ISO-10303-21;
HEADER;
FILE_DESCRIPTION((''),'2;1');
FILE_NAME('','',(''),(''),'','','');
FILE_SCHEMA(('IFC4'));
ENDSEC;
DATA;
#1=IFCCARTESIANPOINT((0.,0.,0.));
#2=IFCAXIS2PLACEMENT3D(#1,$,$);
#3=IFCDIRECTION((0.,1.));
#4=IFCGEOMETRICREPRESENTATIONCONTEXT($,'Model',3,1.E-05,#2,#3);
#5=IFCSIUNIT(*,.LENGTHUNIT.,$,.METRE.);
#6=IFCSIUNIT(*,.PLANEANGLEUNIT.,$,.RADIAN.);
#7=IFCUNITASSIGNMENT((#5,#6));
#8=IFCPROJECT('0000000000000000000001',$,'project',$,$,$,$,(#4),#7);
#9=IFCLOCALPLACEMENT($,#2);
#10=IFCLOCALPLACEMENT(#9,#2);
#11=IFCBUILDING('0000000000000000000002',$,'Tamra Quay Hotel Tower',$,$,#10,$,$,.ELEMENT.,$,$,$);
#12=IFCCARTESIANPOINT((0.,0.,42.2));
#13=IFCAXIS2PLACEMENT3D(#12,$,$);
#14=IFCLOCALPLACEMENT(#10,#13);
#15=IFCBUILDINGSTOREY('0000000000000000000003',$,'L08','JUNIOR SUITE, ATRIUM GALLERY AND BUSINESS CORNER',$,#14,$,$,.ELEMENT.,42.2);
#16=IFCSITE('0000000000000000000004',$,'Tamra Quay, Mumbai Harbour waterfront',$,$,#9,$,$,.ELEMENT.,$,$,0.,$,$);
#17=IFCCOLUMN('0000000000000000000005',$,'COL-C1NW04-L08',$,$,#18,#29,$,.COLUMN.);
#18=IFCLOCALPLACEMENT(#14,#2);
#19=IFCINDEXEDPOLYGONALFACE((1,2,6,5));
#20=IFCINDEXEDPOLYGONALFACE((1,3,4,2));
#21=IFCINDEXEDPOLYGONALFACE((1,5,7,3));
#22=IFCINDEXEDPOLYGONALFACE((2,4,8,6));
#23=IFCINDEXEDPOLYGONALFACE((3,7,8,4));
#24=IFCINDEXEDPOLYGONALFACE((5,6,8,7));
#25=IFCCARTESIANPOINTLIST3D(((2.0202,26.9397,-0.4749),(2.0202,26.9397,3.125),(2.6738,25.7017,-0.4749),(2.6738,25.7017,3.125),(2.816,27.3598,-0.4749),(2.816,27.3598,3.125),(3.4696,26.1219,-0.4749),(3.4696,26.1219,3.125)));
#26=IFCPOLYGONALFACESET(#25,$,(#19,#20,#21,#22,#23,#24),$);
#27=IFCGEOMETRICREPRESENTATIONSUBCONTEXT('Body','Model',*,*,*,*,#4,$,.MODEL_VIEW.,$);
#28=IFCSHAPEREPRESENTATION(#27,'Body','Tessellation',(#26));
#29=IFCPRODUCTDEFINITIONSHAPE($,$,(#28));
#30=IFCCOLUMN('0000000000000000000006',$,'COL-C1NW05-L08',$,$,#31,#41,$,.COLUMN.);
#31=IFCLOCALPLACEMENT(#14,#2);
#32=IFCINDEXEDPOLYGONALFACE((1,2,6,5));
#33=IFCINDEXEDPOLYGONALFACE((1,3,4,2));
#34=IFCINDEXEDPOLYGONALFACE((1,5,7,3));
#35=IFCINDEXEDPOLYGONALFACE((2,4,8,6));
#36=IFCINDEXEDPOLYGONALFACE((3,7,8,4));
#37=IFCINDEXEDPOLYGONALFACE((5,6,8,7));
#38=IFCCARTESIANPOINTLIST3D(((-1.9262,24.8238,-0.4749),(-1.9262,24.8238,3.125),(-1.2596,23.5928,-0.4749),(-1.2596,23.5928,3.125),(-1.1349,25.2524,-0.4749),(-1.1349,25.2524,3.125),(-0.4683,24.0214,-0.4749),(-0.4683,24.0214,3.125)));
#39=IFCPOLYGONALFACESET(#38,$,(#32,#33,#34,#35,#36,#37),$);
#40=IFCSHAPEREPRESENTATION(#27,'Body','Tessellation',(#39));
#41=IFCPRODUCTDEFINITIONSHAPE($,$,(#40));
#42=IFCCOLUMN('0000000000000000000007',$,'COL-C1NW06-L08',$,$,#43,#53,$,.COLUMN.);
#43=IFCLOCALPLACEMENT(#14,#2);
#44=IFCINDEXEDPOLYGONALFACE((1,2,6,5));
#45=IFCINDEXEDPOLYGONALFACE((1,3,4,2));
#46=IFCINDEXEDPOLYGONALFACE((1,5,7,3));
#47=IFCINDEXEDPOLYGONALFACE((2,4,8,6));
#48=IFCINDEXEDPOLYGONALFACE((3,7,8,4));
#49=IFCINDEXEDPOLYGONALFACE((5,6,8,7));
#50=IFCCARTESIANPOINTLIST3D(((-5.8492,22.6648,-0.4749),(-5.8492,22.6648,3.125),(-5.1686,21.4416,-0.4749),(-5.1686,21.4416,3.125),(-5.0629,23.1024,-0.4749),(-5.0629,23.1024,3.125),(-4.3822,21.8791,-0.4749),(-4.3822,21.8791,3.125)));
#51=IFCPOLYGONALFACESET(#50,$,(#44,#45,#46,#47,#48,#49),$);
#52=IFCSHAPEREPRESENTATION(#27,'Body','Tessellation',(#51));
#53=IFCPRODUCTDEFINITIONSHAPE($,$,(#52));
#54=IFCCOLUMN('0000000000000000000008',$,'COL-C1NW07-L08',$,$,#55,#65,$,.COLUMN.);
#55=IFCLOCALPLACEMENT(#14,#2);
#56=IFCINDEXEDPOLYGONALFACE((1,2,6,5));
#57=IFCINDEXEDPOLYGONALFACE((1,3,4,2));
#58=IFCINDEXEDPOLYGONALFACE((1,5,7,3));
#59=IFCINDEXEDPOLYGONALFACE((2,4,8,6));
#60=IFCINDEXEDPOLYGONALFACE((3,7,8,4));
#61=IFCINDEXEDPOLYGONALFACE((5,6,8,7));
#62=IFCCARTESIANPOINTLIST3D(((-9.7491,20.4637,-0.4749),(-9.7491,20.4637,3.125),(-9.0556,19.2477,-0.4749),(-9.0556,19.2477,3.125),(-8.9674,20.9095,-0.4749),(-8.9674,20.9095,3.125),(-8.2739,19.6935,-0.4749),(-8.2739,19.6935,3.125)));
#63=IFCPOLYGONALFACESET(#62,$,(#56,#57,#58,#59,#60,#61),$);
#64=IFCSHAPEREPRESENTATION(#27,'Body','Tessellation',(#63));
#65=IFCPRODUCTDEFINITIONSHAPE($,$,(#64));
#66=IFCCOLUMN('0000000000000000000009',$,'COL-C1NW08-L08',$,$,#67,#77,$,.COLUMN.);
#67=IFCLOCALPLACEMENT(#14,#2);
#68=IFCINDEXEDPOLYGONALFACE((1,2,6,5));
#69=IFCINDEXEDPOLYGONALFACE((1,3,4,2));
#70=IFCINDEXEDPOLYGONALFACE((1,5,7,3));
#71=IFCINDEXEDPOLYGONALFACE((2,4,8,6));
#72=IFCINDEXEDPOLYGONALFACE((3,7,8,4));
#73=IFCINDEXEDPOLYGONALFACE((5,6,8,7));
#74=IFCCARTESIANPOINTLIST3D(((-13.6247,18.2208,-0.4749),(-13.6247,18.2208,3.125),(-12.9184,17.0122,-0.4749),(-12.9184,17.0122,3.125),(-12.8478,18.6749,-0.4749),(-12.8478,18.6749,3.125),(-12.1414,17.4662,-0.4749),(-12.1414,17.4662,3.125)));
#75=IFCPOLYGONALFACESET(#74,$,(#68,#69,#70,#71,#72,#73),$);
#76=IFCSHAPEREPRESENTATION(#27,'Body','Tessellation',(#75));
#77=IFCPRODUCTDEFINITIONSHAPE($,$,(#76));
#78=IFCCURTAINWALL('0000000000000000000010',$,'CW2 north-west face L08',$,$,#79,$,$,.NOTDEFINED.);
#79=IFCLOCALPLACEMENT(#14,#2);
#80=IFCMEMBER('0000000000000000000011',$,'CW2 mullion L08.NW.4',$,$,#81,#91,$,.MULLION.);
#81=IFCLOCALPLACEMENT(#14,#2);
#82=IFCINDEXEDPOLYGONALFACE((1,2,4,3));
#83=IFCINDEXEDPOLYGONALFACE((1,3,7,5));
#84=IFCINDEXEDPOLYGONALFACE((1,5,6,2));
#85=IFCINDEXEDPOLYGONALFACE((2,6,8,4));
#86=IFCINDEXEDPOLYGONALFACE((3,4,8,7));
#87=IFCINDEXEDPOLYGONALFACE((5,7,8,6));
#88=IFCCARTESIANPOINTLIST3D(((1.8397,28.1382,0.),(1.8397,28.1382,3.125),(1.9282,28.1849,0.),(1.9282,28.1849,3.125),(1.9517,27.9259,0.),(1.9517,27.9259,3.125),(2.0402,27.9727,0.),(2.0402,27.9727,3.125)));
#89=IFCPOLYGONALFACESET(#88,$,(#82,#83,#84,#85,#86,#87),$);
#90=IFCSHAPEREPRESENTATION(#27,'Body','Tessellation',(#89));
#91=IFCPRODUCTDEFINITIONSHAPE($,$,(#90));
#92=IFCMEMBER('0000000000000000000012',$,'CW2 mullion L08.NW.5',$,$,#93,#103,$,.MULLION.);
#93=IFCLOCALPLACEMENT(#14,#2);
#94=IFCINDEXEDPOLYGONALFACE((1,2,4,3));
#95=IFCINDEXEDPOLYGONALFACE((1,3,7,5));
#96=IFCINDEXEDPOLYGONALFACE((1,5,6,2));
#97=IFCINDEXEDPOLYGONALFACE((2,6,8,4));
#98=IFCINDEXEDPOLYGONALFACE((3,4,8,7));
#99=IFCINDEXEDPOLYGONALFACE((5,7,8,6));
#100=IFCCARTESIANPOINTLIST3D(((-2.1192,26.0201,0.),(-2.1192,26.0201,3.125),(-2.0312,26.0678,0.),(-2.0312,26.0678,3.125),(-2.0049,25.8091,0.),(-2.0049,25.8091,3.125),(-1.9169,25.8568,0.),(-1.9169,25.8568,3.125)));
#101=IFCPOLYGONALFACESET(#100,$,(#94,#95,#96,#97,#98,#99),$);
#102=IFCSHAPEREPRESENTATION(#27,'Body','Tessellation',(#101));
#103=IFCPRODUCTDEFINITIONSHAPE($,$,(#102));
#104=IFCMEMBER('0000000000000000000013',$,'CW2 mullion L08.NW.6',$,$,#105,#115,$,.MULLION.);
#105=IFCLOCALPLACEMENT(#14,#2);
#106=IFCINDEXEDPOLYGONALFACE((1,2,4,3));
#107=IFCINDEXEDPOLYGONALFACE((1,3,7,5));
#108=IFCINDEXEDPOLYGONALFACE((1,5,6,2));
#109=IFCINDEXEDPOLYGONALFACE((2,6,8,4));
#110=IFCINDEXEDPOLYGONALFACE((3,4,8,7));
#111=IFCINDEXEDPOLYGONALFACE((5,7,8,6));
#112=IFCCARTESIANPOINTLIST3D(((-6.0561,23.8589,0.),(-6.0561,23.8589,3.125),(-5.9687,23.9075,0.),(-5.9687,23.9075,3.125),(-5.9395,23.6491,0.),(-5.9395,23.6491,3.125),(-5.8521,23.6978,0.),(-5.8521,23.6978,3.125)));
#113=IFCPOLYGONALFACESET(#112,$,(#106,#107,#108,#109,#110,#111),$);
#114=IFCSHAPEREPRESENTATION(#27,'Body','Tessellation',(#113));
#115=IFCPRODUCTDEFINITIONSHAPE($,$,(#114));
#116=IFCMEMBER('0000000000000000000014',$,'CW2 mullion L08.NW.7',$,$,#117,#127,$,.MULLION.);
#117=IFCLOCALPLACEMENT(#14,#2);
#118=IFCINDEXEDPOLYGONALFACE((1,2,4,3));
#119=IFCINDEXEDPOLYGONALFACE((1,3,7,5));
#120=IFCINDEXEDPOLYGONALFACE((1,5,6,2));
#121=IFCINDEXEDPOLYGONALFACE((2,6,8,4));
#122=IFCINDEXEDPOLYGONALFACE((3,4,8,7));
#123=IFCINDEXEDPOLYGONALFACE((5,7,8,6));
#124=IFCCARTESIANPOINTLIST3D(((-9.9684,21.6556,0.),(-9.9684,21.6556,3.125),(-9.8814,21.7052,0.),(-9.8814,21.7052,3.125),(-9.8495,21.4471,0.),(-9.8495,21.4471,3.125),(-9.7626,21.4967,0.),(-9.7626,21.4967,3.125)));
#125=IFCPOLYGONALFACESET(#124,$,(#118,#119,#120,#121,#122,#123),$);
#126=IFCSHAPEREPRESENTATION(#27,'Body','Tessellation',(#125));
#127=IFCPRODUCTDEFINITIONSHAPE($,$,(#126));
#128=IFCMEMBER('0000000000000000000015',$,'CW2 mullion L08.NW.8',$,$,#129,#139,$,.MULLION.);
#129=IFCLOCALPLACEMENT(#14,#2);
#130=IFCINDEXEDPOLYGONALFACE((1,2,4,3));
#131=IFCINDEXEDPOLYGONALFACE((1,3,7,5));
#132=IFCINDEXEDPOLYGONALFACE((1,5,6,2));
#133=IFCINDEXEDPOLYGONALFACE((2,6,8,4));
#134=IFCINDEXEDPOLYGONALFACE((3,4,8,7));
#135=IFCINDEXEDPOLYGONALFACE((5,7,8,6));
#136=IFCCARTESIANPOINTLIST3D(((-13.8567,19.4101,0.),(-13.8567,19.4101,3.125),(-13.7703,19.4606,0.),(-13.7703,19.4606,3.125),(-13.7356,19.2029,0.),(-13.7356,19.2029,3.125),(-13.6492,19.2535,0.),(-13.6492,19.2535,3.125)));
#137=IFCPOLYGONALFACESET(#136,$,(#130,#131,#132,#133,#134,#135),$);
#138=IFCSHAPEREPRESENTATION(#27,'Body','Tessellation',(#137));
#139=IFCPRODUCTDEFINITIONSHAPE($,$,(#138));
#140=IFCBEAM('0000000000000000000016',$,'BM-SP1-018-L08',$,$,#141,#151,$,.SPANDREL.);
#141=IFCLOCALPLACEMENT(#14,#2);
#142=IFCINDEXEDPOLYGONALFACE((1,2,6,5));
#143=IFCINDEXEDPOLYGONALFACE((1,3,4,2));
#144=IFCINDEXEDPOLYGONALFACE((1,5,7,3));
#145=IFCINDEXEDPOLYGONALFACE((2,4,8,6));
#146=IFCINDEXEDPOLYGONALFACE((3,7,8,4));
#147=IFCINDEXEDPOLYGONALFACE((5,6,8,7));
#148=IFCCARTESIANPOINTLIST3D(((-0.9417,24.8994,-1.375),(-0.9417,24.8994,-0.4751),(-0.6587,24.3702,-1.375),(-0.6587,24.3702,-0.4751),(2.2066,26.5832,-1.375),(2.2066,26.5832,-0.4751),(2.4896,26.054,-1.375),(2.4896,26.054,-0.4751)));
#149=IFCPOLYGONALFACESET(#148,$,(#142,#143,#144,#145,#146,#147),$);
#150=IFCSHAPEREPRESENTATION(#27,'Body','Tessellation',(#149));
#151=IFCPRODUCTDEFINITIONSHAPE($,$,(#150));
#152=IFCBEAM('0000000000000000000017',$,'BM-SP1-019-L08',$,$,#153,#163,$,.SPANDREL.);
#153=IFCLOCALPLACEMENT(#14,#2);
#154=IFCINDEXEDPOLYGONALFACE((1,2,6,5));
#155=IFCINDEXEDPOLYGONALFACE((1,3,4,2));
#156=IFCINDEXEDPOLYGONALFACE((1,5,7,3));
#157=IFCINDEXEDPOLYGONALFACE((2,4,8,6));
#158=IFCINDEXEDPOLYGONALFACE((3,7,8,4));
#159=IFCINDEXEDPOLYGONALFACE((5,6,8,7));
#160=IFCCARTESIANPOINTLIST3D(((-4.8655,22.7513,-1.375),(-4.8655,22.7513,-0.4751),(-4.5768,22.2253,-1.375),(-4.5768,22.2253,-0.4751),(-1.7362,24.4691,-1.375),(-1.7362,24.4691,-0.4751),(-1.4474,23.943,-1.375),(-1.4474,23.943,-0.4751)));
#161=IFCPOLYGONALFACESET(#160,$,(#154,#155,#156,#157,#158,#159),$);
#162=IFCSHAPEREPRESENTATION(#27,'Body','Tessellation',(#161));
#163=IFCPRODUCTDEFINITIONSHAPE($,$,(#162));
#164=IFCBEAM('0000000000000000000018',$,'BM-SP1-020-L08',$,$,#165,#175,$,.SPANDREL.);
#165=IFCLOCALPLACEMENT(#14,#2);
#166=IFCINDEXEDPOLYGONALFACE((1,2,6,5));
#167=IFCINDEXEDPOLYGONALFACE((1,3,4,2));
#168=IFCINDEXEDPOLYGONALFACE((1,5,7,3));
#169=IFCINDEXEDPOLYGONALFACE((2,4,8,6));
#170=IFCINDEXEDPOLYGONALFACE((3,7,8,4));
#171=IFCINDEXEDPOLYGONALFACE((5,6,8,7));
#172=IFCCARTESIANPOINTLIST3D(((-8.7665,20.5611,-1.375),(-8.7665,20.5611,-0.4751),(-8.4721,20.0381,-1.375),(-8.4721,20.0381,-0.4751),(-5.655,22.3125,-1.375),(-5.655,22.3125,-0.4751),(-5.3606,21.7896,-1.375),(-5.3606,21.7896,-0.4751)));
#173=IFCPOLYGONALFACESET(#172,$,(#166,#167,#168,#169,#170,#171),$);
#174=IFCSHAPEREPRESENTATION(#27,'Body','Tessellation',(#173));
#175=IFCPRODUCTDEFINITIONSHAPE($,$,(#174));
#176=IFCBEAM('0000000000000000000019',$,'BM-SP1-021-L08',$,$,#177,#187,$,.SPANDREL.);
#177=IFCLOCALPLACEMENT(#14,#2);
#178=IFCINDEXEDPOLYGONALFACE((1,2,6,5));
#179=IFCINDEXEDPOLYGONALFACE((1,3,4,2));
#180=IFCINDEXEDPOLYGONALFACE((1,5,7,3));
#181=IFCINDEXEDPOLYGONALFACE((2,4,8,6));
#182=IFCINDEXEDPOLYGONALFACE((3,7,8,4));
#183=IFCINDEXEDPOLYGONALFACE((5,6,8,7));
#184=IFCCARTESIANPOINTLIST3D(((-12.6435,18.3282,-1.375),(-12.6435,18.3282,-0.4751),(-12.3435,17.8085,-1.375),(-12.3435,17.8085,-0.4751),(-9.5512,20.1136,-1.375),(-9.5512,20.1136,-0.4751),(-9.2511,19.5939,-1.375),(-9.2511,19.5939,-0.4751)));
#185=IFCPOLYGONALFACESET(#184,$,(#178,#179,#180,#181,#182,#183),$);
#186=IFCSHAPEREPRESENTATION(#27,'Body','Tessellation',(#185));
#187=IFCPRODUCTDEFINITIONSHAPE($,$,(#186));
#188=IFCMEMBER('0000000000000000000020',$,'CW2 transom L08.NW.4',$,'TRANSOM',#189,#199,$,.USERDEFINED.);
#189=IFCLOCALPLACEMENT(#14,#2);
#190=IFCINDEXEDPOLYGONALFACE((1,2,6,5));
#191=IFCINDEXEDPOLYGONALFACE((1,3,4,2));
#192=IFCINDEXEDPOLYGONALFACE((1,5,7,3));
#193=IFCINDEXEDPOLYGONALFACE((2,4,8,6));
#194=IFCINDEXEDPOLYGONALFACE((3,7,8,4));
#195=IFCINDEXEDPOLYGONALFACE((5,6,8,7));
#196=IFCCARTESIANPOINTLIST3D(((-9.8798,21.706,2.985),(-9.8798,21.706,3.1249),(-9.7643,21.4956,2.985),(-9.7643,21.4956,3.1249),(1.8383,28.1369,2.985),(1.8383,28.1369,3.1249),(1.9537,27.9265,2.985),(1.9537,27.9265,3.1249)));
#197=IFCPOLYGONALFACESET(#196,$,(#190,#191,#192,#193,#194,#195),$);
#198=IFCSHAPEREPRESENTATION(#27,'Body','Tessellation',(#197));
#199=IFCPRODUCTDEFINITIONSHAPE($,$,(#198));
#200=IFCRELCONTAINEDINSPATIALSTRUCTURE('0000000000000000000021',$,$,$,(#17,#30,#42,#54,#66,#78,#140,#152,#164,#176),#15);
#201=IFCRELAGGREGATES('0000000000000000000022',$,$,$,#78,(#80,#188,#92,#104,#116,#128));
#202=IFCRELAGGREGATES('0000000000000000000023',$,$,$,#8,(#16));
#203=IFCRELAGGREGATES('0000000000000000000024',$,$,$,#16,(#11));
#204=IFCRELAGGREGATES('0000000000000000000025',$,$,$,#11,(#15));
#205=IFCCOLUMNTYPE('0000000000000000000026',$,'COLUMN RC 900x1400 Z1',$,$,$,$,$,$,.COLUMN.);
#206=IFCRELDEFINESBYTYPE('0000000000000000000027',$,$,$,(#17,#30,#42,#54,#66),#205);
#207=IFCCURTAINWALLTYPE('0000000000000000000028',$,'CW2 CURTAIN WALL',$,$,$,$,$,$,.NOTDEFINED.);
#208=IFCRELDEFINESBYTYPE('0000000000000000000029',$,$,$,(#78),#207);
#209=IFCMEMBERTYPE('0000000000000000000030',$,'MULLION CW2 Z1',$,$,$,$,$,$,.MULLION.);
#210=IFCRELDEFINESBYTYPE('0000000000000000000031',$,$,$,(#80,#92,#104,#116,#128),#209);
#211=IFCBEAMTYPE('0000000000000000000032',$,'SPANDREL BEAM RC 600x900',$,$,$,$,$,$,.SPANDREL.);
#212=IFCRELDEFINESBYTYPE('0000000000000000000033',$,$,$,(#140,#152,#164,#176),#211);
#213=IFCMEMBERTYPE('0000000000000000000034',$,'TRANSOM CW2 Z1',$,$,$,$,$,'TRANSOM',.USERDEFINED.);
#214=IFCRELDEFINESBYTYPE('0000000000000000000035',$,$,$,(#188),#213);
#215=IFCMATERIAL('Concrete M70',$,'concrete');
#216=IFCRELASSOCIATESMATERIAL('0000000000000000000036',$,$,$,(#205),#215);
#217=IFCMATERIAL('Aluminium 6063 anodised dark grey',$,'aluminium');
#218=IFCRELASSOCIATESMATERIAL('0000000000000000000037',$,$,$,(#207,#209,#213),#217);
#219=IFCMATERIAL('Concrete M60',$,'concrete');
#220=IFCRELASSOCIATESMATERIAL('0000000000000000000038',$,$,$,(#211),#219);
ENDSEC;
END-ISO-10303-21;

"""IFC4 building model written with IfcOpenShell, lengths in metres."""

from ifc_helpers import new_model, si_unit, direction, frame, origin, origin_2d, place, context, subcontext, project, spatial, rectangle, extrude, material, material_profile, profile_set, type_object, element, aggregate, save


model = new_model("IFC4")

# Units and contexts
model_context = context("Model", 3, precision=1e-05, world=origin(), true_north=direction((0.0, 1.0)))
body_context = subcontext(model_context, "Body", "Model", "MODEL_VIEW")
ifc_project = project(units=[si_unit("LENGTHUNIT", "METRE"), si_unit("PLANEANGLEUNIT", "RADIAN")], contexts=[model_context])

# Site, building, storey
site_placement = place(None, origin())
site = spatial("IfcSite", under=ifc_project, at=site_placement, Name="Tamra Quay, Mumbai Harbour waterfront", CompositionType="ELEMENT", RefElevation=0.0)
building_placement = place(site_placement, origin())
building = spatial("IfcBuilding", under=site, at=building_placement, Name="Tamra Quay Hotel Tower", CompositionType="ELEMENT")
storey_placement = place(building_placement, frame((0.0, 0.0, 42.2)))
storey = spatial("IfcBuildingStorey", under=building, at=storey_placement, Name="L08", Description="JUNIOR SUITE, ATRIUM GALLERY AND BUSINESS CORNER", CompositionType="ELEMENT", Elevation=42.2)

# Columns
ifc_material_1 = material(Name="Concrete M70", Category="concrete")
ifc_material_profile_1 = material_profile(ifc_material_1, rectangle(XDim=1.3999, YDim=0.8999, at=origin_2d()), Name="COLUMN RC 900x1400 Z1")
ifc_profile_set_1 = profile_set([ifc_material_profile_1], Name="Concrete M70")
column_type = type_object("IfcColumnType", Name="COLUMN RC 900x1400 Z1", PredefinedType="COLUMN", material=ifc_profile_set_1)
for number, where, z_axis, x_axis, name in (
    (1, (2.7449, 26.5308, -0.4749), (0.0, 0.0, 1.0), (-0.466896, 0.884312, 0.0), "COL-C1NW04-L08"),
    (2, (-1.1973, 24.4226, -0.4749), (0.0, 0.0, 1.0), (-0.476198, 0.879338, 0.0), "COL-C1NW05-L08"),
    (3, (-5.1157, 22.272, -0.4749), (0.0, 0.0, 1.0), (-0.486221, 0.873836, 0.0), "COL-C1NW06-L08"),
    (4, (-9.0115, 20.0786, -0.4749), (0.0, 0.0, 1.0), (-0.495421, 0.868653, 0.0), "COL-C1NW07-L08"),
    (5, (-12.8831, 17.8435, -0.4749), (0.0, 0.0, 1.0), (-0.504565, 0.863374, 0.0), "COL-C1NW08-L08"),
):
    element("IfcColumn", number, at=place(storey_placement, frame(where, z_axis=z_axis, x_axis=x_axis)), inside=storey, type_object=column_type, Name=name, PredefinedType="COLUMN", context=body_context, shape_type="SweptSolid", body=[
        extrude(rectangle(XDim=1.3999, YDim=0.8999, at=origin_2d()), origin(), (0.0, 0.0, 1.0), 3.5999),
    ])

# Curtain wall, members
ifc_material_2 = material(Name="Aluminium 6063 anodised dark grey", Category="aluminium")
curtain_wall_type = type_object("IfcCurtainWallType", Name="CW2 CURTAIN WALL", PredefinedType="NOTDEFINED", material=ifc_material_2)
curtain_wall_placement = place(storey_placement, origin())
curtain_wall = element("IfcCurtainWall", 6, at=curtain_wall_placement, inside=storey, type_object=curtain_wall_type, Name="CW2 north-west face L08", PredefinedType="NOTDEFINED")
ifc_material_profile_2 = material_profile(ifc_material_2, rectangle(XDim=0.24, YDim=0.1001, at=origin_2d()), Name="MULLION 100X240")
ifc_profile_set_2 = profile_set([ifc_material_profile_2], Name="Aluminium 6063 anodised dark grey")
member_type_1 = type_object("IfcMemberType", Name="MULLION CW2 Z1", PredefinedType="MULLION", material=ifc_profile_set_2)
member_1_placement = place(storey_placement, frame((1.9399, 28.0554, 0.0), z_axis=(0.0, 0.0, 1.0), x_axis=(-0.466835, 0.884344, 0.0)))
member_1 = element("IfcMember", 7, at=member_1_placement, type_object=member_type_1, Name="CW2 mullion L08.NW.4", PredefinedType="MULLION", context=body_context, shape_type="SweptSolid", body=[
    extrude(rectangle(XDim=0.24, YDim=0.1001, at=origin_2d()), origin(), (0.0, 0.0, 1.0), 3.125),
])
member_2_placement = place(storey_placement, frame((-2.0181, 25.9385, 0.0), z_axis=(0.0, 0.0, 1.0), x_axis=(-0.476376, 0.879241, 0.0)))
member_2 = element("IfcMember", 8, at=member_2_placement, type_object=member_type_1, Name="CW2 mullion L08.NW.5", PredefinedType="MULLION", context=body_context, shape_type="SweptSolid", body=[
    extrude(rectangle(XDim=0.24, YDim=0.1001, at=origin_2d()), origin(), (0.0, 0.0, 1.0), 3.125),
])
member_3_placement = place(storey_placement, frame((-5.9541, 23.7783, 0.0), z_axis=(0.0, 0.0, 1.0), x_axis=(-0.485863, 0.874035, 0.0)))
member_3 = element("IfcMember", 9, at=member_3_placement, type_object=member_type_1, Name="CW2 mullion L08.NW.6", PredefinedType="MULLION", context=body_context, shape_type="SweptSolid", body=[
    extrude(rectangle(XDim=0.24, YDim=0.1001, at=origin_2d()), origin(), (0.0, 0.0, 1.0), 3.125),
])
member_4_placement = place(storey_placement, frame((-9.8655, 21.5762, 0.0), z_axis=(0.0, 0.0, 1.0), x_axis=(-0.4953, 0.868722, 0.0)))
member_4 = element("IfcMember", 10, at=member_4_placement, type_object=member_type_1, Name="CW2 mullion L08.NW.7", PredefinedType="MULLION", context=body_context, shape_type="SweptSolid", body=[
    extrude(rectangle(XDim=0.24, YDim=0.1001, at=origin_2d()), origin(), (0.0, 0.0, 1.0), 3.125),
])
member_5_placement = place(storey_placement, frame((-13.7529, 19.3318, 0.0), z_axis=(0.0, 0.0, 1.0), x_axis=(-0.504685, 0.863304, 0.0)))
member_5 = element("IfcMember", 11, at=member_5_placement, type_object=member_type_1, Name="CW2 mullion L08.NW.8", PredefinedType="MULLION", context=body_context, shape_type="SweptSolid", body=[
    extrude(rectangle(XDim=0.24, YDim=0.1001, at=origin_2d()), origin(), (0.0, 0.0, 1.0), 3.125),
])

# Beams
ifc_material_3 = material(Name="Concrete M60", Category="concrete")
ifc_material_profile_3 = material_profile(ifc_material_3, rectangle(XDim=0.6001, YDim=0.8999, at=origin_2d()), Name="SPANDREL BEAM RC 600x900")
ifc_profile_set_3 = profile_set([ifc_material_profile_3], Name="Concrete M60")
beam_type = type_object("IfcBeamType", Name="SPANDREL BEAM RC 600x900", PredefinedType="SPANDREL", material=ifc_profile_set_3)
beam_1_placement = place(storey_placement, frame((2.3481, 26.3186, -0.925), z_axis=(-0.881809, -0.471607, 0.0), x_axis=(0.471607, -0.881809, 0.0)))
element("IfcBeam", 12, at=beam_1_placement, inside=storey, type_object=beam_type, Name="BM-SP1-018-L08", PredefinedType="SPANDREL", context=body_context, shape_type="SweptSolid", body=[
    extrude(rectangle(XDim=0.6001, YDim=0.8999, at=origin_2d()), origin(), (0.0, 0.0, 1.0), 3.5703),
])
beam_2_placement = place(storey_placement, frame((-1.5918, 24.2061, -0.925), z_axis=(-0.876617, -0.481189, 0.0), x_axis=(0.481189, -0.876617, 0.0)))
element("IfcBeam", 13, at=beam_2_placement, inside=storey, type_object=beam_type, Name="BM-SP1-019-L08", PredefinedType="SPANDREL", context=body_context, shape_type="SweptSolid", body=[
    extrude(rectangle(XDim=0.6001, YDim=0.8999, at=origin_2d()), origin(), (0.0, 0.0, 1.0), 3.5698),
])
beam_3_placement = place(storey_placement, frame((-5.5078, 22.051, -0.925), z_axis=(-0.871431, -0.490518, 0.0), x_axis=(0.490518, -0.871431, 0.0)))
element("IfcBeam", 14, at=beam_3_placement, inside=storey, type_object=beam_type, Name="BM-SP1-020-L08", PredefinedType="SPANDREL", context=body_context, shape_type="SweptSolid", body=[
    extrude(rectangle(XDim=0.6001, YDim=0.8999, at=origin_2d()), origin(), (0.0, 0.0, 1.0), 3.5706),
])
beam_4_placement = place(storey_placement, frame((-9.4011, 19.8538, -0.925), z_axis=(-0.866017, -0.500014, 0.0), x_axis=(0.500014, -0.866017, 0.0)))
element("IfcBeam", 15, at=beam_4_placement, inside=storey, type_object=beam_type, Name="BM-SP1-021-L08", PredefinedType="SPANDREL", context=body_context, shape_type="SweptSolid", body=[
    extrude(rectangle(XDim=0.6001, YDim=0.8999, at=origin_2d()), origin(), (0.0, 0.0, 1.0), 3.5708),
])

# Member
ifc_material_profile_4 = material_profile(ifc_material_2, rectangle(XDim=0.24, YDim=0.1399, at=origin_2d()), Name="TRANSOM 240X140")
ifc_profile_set_4 = profile_set([ifc_material_profile_4], Name="Aluminium 6063 anodised dark grey")
member_type_2 = type_object("IfcMemberType", Name="TRANSOM CW2 Z1", ElementType="TRANSOM", PredefinedType="USERDEFINED", material=ifc_profile_set_4)
member_6_placement = place(storey_placement, frame((1.896, 28.0317, 3.0549), z_axis=(-0.876658, -0.481114, 0.0), x_axis=(0.481114, -0.876658, 0.0)))
member_6 = element("IfcMember", 16, at=member_6_placement, type_object=member_type_2, Name="CW2 transom L08.NW.4", ObjectType="TRANSOM", PredefinedType="USERDEFINED", context=body_context, shape_type="SweptSolid", body=[
    extrude(rectangle(XDim=0.24, YDim=0.1399, at=origin_2d()), origin(), (0.0, 0.0, 1.0), 13.3667),
])

aggregate(curtain_wall, [member_1, member_6, member_2, member_3, member_4, member_5])

save(model, "model.ifc")
